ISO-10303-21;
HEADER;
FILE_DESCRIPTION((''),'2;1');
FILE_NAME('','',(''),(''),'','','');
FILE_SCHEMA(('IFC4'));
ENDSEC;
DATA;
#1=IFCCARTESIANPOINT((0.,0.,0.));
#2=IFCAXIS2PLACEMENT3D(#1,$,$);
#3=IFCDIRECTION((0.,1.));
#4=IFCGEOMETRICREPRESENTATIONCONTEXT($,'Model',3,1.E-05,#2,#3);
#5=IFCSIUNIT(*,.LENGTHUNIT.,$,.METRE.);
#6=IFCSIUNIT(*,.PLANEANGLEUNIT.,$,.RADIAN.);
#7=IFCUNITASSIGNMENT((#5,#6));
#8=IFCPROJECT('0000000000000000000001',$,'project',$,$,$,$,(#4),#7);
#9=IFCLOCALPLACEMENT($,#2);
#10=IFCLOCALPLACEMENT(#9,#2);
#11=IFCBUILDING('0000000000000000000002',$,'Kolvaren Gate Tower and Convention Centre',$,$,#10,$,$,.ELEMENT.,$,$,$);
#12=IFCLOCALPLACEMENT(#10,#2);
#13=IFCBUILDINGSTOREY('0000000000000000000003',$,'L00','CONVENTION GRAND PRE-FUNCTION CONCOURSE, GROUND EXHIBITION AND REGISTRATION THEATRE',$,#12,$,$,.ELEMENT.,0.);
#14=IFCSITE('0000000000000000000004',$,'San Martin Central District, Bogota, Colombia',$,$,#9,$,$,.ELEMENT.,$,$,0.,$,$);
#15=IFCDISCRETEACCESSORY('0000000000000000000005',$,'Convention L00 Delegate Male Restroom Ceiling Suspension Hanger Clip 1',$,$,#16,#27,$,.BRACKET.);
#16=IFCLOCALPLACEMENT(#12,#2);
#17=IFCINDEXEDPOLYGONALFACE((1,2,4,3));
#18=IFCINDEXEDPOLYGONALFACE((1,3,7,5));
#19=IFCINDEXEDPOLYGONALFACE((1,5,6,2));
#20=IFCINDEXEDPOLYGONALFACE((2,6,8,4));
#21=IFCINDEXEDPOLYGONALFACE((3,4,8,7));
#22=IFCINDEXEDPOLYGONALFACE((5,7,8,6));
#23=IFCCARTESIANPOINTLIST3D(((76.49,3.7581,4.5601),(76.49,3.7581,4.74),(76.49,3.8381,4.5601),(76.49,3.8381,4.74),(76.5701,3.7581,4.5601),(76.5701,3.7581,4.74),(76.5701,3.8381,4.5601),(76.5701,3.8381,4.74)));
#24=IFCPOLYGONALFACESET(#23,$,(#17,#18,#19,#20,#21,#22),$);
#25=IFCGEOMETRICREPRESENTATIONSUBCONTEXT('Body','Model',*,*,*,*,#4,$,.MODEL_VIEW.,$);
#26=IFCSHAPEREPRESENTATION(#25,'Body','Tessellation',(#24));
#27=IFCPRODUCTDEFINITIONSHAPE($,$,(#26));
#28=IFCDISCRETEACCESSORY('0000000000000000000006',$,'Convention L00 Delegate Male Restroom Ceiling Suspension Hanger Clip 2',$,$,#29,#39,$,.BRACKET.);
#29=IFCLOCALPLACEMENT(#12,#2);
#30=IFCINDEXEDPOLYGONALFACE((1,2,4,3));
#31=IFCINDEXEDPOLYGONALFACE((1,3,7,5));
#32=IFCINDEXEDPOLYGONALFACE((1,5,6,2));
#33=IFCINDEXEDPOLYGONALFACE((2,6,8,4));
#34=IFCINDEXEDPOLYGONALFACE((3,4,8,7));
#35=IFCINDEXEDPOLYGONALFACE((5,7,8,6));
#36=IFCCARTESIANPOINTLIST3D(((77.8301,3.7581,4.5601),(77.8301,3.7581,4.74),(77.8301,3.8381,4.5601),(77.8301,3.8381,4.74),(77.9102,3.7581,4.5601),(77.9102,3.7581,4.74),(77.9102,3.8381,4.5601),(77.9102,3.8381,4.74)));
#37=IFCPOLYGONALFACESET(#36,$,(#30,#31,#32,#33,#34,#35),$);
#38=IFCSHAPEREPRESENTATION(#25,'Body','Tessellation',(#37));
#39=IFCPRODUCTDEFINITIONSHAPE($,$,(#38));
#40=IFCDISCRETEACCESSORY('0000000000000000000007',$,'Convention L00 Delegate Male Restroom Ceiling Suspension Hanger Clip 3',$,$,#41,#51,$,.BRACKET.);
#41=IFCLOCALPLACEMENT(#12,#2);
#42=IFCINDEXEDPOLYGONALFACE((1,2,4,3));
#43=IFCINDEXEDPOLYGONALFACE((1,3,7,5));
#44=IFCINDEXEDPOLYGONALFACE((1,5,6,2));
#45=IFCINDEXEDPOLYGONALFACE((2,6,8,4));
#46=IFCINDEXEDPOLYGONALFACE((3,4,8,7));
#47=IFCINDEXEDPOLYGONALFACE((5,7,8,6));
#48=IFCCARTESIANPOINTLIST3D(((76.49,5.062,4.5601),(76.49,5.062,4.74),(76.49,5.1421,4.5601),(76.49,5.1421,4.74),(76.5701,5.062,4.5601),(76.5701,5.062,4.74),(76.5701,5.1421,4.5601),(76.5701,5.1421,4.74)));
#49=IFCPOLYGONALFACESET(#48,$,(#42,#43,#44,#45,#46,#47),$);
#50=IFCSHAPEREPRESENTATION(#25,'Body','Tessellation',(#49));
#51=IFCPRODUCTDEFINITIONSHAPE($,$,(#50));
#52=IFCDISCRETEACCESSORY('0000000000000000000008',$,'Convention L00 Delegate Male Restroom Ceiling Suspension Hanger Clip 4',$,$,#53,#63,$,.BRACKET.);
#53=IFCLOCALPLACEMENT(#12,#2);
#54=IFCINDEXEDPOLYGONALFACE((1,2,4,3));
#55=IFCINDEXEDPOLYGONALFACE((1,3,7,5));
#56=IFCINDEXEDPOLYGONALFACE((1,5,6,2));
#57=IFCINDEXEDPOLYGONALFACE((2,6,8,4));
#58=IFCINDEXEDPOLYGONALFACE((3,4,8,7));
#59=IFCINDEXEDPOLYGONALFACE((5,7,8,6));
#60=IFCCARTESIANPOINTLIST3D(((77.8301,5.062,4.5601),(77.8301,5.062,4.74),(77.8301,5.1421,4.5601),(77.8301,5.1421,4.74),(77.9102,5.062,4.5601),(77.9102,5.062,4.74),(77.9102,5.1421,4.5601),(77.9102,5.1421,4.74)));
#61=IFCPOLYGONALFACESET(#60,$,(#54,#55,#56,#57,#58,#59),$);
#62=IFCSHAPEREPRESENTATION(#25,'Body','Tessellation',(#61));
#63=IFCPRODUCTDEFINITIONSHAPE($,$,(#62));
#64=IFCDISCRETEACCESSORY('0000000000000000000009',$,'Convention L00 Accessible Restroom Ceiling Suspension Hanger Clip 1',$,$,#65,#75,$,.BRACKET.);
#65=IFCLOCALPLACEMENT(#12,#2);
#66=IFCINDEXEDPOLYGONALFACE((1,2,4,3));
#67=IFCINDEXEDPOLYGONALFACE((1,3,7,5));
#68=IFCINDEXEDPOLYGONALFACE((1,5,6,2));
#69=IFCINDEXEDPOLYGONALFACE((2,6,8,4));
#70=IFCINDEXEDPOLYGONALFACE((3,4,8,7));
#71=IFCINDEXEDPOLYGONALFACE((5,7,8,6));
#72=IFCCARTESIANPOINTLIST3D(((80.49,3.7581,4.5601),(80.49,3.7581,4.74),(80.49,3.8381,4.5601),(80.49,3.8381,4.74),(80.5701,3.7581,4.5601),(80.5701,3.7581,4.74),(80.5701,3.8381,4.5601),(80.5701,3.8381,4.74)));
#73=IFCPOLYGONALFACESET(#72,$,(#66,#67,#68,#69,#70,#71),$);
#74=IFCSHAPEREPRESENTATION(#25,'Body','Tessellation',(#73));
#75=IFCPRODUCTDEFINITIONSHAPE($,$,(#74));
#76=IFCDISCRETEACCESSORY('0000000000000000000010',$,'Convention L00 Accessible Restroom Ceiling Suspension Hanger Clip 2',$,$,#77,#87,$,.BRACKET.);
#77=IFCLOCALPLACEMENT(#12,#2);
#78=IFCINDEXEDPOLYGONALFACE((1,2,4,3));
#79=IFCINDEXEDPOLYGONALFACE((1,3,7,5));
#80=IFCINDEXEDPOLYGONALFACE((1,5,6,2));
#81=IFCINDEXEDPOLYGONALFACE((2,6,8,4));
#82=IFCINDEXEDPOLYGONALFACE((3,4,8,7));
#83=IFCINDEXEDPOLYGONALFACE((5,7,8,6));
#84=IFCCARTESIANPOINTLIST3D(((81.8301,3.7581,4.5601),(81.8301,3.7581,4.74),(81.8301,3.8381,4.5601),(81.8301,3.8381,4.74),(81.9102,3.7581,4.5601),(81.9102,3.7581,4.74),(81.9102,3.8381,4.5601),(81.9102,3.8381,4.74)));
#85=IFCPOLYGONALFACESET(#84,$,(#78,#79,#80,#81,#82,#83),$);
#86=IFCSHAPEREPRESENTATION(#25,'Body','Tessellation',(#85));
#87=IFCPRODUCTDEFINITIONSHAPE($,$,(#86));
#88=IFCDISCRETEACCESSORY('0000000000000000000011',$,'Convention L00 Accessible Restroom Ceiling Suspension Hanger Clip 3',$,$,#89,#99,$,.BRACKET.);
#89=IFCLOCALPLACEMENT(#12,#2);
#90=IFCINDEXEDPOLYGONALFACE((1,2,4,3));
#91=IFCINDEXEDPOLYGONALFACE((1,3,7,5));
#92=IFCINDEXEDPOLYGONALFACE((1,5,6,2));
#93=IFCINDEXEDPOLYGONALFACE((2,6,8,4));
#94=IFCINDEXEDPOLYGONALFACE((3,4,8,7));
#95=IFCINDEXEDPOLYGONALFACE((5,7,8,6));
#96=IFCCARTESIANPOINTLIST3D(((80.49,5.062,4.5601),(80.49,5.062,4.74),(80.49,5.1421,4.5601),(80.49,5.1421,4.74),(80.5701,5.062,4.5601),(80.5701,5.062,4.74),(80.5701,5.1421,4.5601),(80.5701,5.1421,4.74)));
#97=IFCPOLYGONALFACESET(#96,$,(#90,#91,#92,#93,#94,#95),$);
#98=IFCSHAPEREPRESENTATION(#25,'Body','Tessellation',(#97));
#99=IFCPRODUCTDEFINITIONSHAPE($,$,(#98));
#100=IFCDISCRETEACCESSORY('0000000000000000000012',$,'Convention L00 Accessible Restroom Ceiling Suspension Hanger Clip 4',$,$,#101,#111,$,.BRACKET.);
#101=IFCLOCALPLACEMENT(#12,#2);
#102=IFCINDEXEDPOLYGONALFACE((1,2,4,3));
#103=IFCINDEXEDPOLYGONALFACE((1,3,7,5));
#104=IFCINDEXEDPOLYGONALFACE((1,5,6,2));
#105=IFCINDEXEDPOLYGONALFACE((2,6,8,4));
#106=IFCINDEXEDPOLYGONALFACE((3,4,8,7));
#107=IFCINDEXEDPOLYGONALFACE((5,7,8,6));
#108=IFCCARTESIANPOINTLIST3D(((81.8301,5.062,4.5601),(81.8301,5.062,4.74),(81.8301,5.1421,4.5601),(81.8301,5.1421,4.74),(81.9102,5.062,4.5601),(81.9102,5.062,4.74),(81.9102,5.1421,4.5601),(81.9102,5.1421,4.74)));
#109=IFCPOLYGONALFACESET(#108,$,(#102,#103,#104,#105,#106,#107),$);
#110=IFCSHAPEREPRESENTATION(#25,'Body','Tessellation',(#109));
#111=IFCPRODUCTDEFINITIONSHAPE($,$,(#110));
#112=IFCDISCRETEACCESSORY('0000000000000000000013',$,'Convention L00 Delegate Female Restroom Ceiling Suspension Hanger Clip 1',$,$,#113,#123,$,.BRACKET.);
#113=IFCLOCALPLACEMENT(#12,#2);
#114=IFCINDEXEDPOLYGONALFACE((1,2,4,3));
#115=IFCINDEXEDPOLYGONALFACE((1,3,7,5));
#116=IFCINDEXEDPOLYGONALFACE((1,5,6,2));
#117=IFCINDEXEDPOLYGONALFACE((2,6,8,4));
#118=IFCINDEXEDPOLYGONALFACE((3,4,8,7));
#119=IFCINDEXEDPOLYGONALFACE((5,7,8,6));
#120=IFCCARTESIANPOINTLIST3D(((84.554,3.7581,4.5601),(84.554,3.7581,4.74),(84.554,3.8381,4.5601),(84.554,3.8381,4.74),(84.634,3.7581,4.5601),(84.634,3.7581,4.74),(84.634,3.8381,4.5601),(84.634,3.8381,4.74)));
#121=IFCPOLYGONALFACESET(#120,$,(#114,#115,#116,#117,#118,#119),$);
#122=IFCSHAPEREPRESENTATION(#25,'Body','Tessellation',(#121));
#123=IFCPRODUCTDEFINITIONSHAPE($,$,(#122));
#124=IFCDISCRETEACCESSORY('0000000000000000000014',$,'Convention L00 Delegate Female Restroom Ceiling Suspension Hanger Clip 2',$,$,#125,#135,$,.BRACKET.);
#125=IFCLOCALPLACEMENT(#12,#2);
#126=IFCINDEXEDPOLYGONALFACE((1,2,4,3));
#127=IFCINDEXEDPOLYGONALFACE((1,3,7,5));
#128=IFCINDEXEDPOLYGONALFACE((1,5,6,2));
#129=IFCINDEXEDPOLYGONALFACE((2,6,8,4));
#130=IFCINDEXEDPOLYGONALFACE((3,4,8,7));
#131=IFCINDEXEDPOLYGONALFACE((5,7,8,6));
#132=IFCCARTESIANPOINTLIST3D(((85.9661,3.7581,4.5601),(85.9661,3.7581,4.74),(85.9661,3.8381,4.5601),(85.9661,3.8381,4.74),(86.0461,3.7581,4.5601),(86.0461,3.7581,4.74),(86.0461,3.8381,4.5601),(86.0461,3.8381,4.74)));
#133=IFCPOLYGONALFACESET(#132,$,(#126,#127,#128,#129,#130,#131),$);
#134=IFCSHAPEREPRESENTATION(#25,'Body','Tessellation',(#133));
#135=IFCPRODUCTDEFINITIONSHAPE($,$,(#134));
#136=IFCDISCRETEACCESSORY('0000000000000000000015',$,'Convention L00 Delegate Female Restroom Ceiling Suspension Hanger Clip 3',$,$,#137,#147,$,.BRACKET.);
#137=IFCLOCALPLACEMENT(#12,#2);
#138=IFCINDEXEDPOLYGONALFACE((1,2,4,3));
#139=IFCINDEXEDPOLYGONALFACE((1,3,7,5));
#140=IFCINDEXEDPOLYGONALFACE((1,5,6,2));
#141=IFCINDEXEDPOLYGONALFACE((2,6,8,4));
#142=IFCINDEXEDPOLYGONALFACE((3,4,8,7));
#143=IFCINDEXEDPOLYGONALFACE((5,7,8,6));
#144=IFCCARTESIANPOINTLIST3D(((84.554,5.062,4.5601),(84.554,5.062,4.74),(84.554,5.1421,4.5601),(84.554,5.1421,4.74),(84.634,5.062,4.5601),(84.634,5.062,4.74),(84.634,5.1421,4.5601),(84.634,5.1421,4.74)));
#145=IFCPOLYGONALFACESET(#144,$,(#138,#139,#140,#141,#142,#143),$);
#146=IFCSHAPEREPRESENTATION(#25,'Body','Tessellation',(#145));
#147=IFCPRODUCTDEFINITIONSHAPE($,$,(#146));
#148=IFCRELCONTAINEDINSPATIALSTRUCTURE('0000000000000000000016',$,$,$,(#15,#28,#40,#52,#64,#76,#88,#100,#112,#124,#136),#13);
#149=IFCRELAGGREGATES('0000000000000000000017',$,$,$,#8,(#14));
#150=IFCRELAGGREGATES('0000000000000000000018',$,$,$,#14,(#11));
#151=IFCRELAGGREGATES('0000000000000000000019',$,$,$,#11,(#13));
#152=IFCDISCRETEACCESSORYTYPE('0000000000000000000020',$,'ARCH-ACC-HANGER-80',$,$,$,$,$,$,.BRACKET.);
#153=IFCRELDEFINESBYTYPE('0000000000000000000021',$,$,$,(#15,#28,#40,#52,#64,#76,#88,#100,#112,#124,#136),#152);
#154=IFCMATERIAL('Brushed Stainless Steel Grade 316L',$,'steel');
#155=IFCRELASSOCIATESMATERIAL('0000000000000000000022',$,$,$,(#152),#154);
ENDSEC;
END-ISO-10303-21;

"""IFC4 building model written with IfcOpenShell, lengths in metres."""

from ifc_helpers import new_model, si_unit, direction, frame, origin, origin_2d, place, context, subcontext, project, spatial, rectangle, extrude, material, type_object, element, save


model = new_model("IFC4")

# Units and contexts
model_context = context("Model", 3, precision=1e-05, world=origin(), true_north=direction((0.0, 1.0)))
body_context = subcontext(model_context, "Body", "Model", "MODEL_VIEW")
ifc_project = project(units=[si_unit("LENGTHUNIT", "METRE"), si_unit("PLANEANGLEUNIT", "RADIAN")], contexts=[model_context])

# Site, building, storey
site_placement = place(None, origin())
site = spatial("IfcSite", under=ifc_project, at=site_placement, Name="San Martin Central District, Bogota, Colombia", CompositionType="ELEMENT", RefElevation=0.0)
building_placement = place(site_placement, origin())
building = spatial("IfcBuilding", under=site, at=building_placement, Name="Kolvaren Gate Tower and Convention Centre", CompositionType="ELEMENT")
storey_placement = place(building_placement, origin())
storey = spatial("IfcBuildingStorey", under=building, at=storey_placement, Name="L00", Description="CONVENTION GRAND PRE-FUNCTION CONCOURSE, GROUND EXHIBITION AND REGISTRATION THEATRE", CompositionType="ELEMENT", Elevation=0.0)

# Shared definitions
ifc_material_1 = material(Name="Brushed Stainless Steel Grade 316L", Category="steel")

# Discrete accessories
discrete_accessory_type = type_object("IfcDiscreteAccessoryType", Name="ARCH-ACC-HANGER-80", PredefinedType="BRACKET", material=ifc_material_1)
for number, where, z_axis, x_axis, name in (
    (1, (76.53, 3.7981, 4.5601), (0.0, 0.0, 1.0), (1.0, 0.0, 0.0), "Convention L00 Delegate Male Restroom Ceiling Suspension Hanger Clip 1"),
    (2, (77.8701, 3.7981, 4.5601), (0.0, 0.0, 1.0), (1.0, 0.0, 0.0), "Convention L00 Delegate Male Restroom Ceiling Suspension Hanger Clip 2"),
    (3, (76.53, 5.1021, 4.5601), (0.0, 0.0, 1.0), (1.0, 0.0, 0.0), "Convention L00 Delegate Male Restroom Ceiling Suspension Hanger Clip 3"),
    (4, (77.8701, 5.1021, 4.5601), (0.0, 0.0, 1.0), (1.0, 0.0, 0.0), "Convention L00 Delegate Male Restroom Ceiling Suspension Hanger Clip 4"),
    (5, (80.53, 3.7981, 4.5601), (0.0, 0.0, 1.0), (1.0, 0.0, 0.0), "Convention L00 Accessible Restroom Ceiling Suspension Hanger Clip 1"),
    (6, (81.8701, 3.7981, 4.5601), (0.0, 0.0, 1.0), (1.0, 0.0, 0.0), "Convention L00 Accessible Restroom Ceiling Suspension Hanger Clip 2"),
    (7, (80.53, 5.1021, 4.5601), (0.0, 0.0, 1.0), (1.0, 0.0, 0.0), "Convention L00 Accessible Restroom Ceiling Suspension Hanger Clip 3"),
    (8, (81.8701, 5.1021, 4.5601), (0.0, 0.0, 1.0), (1.0, 0.0, 0.0), "Convention L00 Accessible Restroom Ceiling Suspension Hanger Clip 4"),
    (9, (84.594, 3.7981, 4.5601), (0.0, 0.0, 1.0), (1.0, 0.0, 0.0), "Convention L00 Delegate Female Restroom Ceiling Suspension Hanger Clip 1"),
    (10, (86.0061, 3.7981, 4.5601), (0.0, 0.0, 1.0), (1.0, 0.0, 0.0), "Convention L00 Delegate Female Restroom Ceiling Suspension Hanger Clip 2"),
    (11, (84.594, 5.1021, 4.5601), (0.0, 0.0, 1.0), (1.0, 0.0, 0.0), "Convention L00 Delegate Female Restroom Ceiling Suspension Hanger Clip 3"),
):
    element("IfcDiscreteAccessory", number, at=place(storey_placement, frame(where, z_axis=z_axis, x_axis=x_axis)), inside=storey, type_object=discrete_accessory_type, Name=name, PredefinedType="BRACKET", context=body_context, shape_type="SweptSolid", body=[
        extrude(rectangle(XDim=0.0801, YDim=0.0801, at=origin_2d()), origin(), (0.0, 0.0, 1.0), 0.1799),
    ])

save(model, "model.ifc")
